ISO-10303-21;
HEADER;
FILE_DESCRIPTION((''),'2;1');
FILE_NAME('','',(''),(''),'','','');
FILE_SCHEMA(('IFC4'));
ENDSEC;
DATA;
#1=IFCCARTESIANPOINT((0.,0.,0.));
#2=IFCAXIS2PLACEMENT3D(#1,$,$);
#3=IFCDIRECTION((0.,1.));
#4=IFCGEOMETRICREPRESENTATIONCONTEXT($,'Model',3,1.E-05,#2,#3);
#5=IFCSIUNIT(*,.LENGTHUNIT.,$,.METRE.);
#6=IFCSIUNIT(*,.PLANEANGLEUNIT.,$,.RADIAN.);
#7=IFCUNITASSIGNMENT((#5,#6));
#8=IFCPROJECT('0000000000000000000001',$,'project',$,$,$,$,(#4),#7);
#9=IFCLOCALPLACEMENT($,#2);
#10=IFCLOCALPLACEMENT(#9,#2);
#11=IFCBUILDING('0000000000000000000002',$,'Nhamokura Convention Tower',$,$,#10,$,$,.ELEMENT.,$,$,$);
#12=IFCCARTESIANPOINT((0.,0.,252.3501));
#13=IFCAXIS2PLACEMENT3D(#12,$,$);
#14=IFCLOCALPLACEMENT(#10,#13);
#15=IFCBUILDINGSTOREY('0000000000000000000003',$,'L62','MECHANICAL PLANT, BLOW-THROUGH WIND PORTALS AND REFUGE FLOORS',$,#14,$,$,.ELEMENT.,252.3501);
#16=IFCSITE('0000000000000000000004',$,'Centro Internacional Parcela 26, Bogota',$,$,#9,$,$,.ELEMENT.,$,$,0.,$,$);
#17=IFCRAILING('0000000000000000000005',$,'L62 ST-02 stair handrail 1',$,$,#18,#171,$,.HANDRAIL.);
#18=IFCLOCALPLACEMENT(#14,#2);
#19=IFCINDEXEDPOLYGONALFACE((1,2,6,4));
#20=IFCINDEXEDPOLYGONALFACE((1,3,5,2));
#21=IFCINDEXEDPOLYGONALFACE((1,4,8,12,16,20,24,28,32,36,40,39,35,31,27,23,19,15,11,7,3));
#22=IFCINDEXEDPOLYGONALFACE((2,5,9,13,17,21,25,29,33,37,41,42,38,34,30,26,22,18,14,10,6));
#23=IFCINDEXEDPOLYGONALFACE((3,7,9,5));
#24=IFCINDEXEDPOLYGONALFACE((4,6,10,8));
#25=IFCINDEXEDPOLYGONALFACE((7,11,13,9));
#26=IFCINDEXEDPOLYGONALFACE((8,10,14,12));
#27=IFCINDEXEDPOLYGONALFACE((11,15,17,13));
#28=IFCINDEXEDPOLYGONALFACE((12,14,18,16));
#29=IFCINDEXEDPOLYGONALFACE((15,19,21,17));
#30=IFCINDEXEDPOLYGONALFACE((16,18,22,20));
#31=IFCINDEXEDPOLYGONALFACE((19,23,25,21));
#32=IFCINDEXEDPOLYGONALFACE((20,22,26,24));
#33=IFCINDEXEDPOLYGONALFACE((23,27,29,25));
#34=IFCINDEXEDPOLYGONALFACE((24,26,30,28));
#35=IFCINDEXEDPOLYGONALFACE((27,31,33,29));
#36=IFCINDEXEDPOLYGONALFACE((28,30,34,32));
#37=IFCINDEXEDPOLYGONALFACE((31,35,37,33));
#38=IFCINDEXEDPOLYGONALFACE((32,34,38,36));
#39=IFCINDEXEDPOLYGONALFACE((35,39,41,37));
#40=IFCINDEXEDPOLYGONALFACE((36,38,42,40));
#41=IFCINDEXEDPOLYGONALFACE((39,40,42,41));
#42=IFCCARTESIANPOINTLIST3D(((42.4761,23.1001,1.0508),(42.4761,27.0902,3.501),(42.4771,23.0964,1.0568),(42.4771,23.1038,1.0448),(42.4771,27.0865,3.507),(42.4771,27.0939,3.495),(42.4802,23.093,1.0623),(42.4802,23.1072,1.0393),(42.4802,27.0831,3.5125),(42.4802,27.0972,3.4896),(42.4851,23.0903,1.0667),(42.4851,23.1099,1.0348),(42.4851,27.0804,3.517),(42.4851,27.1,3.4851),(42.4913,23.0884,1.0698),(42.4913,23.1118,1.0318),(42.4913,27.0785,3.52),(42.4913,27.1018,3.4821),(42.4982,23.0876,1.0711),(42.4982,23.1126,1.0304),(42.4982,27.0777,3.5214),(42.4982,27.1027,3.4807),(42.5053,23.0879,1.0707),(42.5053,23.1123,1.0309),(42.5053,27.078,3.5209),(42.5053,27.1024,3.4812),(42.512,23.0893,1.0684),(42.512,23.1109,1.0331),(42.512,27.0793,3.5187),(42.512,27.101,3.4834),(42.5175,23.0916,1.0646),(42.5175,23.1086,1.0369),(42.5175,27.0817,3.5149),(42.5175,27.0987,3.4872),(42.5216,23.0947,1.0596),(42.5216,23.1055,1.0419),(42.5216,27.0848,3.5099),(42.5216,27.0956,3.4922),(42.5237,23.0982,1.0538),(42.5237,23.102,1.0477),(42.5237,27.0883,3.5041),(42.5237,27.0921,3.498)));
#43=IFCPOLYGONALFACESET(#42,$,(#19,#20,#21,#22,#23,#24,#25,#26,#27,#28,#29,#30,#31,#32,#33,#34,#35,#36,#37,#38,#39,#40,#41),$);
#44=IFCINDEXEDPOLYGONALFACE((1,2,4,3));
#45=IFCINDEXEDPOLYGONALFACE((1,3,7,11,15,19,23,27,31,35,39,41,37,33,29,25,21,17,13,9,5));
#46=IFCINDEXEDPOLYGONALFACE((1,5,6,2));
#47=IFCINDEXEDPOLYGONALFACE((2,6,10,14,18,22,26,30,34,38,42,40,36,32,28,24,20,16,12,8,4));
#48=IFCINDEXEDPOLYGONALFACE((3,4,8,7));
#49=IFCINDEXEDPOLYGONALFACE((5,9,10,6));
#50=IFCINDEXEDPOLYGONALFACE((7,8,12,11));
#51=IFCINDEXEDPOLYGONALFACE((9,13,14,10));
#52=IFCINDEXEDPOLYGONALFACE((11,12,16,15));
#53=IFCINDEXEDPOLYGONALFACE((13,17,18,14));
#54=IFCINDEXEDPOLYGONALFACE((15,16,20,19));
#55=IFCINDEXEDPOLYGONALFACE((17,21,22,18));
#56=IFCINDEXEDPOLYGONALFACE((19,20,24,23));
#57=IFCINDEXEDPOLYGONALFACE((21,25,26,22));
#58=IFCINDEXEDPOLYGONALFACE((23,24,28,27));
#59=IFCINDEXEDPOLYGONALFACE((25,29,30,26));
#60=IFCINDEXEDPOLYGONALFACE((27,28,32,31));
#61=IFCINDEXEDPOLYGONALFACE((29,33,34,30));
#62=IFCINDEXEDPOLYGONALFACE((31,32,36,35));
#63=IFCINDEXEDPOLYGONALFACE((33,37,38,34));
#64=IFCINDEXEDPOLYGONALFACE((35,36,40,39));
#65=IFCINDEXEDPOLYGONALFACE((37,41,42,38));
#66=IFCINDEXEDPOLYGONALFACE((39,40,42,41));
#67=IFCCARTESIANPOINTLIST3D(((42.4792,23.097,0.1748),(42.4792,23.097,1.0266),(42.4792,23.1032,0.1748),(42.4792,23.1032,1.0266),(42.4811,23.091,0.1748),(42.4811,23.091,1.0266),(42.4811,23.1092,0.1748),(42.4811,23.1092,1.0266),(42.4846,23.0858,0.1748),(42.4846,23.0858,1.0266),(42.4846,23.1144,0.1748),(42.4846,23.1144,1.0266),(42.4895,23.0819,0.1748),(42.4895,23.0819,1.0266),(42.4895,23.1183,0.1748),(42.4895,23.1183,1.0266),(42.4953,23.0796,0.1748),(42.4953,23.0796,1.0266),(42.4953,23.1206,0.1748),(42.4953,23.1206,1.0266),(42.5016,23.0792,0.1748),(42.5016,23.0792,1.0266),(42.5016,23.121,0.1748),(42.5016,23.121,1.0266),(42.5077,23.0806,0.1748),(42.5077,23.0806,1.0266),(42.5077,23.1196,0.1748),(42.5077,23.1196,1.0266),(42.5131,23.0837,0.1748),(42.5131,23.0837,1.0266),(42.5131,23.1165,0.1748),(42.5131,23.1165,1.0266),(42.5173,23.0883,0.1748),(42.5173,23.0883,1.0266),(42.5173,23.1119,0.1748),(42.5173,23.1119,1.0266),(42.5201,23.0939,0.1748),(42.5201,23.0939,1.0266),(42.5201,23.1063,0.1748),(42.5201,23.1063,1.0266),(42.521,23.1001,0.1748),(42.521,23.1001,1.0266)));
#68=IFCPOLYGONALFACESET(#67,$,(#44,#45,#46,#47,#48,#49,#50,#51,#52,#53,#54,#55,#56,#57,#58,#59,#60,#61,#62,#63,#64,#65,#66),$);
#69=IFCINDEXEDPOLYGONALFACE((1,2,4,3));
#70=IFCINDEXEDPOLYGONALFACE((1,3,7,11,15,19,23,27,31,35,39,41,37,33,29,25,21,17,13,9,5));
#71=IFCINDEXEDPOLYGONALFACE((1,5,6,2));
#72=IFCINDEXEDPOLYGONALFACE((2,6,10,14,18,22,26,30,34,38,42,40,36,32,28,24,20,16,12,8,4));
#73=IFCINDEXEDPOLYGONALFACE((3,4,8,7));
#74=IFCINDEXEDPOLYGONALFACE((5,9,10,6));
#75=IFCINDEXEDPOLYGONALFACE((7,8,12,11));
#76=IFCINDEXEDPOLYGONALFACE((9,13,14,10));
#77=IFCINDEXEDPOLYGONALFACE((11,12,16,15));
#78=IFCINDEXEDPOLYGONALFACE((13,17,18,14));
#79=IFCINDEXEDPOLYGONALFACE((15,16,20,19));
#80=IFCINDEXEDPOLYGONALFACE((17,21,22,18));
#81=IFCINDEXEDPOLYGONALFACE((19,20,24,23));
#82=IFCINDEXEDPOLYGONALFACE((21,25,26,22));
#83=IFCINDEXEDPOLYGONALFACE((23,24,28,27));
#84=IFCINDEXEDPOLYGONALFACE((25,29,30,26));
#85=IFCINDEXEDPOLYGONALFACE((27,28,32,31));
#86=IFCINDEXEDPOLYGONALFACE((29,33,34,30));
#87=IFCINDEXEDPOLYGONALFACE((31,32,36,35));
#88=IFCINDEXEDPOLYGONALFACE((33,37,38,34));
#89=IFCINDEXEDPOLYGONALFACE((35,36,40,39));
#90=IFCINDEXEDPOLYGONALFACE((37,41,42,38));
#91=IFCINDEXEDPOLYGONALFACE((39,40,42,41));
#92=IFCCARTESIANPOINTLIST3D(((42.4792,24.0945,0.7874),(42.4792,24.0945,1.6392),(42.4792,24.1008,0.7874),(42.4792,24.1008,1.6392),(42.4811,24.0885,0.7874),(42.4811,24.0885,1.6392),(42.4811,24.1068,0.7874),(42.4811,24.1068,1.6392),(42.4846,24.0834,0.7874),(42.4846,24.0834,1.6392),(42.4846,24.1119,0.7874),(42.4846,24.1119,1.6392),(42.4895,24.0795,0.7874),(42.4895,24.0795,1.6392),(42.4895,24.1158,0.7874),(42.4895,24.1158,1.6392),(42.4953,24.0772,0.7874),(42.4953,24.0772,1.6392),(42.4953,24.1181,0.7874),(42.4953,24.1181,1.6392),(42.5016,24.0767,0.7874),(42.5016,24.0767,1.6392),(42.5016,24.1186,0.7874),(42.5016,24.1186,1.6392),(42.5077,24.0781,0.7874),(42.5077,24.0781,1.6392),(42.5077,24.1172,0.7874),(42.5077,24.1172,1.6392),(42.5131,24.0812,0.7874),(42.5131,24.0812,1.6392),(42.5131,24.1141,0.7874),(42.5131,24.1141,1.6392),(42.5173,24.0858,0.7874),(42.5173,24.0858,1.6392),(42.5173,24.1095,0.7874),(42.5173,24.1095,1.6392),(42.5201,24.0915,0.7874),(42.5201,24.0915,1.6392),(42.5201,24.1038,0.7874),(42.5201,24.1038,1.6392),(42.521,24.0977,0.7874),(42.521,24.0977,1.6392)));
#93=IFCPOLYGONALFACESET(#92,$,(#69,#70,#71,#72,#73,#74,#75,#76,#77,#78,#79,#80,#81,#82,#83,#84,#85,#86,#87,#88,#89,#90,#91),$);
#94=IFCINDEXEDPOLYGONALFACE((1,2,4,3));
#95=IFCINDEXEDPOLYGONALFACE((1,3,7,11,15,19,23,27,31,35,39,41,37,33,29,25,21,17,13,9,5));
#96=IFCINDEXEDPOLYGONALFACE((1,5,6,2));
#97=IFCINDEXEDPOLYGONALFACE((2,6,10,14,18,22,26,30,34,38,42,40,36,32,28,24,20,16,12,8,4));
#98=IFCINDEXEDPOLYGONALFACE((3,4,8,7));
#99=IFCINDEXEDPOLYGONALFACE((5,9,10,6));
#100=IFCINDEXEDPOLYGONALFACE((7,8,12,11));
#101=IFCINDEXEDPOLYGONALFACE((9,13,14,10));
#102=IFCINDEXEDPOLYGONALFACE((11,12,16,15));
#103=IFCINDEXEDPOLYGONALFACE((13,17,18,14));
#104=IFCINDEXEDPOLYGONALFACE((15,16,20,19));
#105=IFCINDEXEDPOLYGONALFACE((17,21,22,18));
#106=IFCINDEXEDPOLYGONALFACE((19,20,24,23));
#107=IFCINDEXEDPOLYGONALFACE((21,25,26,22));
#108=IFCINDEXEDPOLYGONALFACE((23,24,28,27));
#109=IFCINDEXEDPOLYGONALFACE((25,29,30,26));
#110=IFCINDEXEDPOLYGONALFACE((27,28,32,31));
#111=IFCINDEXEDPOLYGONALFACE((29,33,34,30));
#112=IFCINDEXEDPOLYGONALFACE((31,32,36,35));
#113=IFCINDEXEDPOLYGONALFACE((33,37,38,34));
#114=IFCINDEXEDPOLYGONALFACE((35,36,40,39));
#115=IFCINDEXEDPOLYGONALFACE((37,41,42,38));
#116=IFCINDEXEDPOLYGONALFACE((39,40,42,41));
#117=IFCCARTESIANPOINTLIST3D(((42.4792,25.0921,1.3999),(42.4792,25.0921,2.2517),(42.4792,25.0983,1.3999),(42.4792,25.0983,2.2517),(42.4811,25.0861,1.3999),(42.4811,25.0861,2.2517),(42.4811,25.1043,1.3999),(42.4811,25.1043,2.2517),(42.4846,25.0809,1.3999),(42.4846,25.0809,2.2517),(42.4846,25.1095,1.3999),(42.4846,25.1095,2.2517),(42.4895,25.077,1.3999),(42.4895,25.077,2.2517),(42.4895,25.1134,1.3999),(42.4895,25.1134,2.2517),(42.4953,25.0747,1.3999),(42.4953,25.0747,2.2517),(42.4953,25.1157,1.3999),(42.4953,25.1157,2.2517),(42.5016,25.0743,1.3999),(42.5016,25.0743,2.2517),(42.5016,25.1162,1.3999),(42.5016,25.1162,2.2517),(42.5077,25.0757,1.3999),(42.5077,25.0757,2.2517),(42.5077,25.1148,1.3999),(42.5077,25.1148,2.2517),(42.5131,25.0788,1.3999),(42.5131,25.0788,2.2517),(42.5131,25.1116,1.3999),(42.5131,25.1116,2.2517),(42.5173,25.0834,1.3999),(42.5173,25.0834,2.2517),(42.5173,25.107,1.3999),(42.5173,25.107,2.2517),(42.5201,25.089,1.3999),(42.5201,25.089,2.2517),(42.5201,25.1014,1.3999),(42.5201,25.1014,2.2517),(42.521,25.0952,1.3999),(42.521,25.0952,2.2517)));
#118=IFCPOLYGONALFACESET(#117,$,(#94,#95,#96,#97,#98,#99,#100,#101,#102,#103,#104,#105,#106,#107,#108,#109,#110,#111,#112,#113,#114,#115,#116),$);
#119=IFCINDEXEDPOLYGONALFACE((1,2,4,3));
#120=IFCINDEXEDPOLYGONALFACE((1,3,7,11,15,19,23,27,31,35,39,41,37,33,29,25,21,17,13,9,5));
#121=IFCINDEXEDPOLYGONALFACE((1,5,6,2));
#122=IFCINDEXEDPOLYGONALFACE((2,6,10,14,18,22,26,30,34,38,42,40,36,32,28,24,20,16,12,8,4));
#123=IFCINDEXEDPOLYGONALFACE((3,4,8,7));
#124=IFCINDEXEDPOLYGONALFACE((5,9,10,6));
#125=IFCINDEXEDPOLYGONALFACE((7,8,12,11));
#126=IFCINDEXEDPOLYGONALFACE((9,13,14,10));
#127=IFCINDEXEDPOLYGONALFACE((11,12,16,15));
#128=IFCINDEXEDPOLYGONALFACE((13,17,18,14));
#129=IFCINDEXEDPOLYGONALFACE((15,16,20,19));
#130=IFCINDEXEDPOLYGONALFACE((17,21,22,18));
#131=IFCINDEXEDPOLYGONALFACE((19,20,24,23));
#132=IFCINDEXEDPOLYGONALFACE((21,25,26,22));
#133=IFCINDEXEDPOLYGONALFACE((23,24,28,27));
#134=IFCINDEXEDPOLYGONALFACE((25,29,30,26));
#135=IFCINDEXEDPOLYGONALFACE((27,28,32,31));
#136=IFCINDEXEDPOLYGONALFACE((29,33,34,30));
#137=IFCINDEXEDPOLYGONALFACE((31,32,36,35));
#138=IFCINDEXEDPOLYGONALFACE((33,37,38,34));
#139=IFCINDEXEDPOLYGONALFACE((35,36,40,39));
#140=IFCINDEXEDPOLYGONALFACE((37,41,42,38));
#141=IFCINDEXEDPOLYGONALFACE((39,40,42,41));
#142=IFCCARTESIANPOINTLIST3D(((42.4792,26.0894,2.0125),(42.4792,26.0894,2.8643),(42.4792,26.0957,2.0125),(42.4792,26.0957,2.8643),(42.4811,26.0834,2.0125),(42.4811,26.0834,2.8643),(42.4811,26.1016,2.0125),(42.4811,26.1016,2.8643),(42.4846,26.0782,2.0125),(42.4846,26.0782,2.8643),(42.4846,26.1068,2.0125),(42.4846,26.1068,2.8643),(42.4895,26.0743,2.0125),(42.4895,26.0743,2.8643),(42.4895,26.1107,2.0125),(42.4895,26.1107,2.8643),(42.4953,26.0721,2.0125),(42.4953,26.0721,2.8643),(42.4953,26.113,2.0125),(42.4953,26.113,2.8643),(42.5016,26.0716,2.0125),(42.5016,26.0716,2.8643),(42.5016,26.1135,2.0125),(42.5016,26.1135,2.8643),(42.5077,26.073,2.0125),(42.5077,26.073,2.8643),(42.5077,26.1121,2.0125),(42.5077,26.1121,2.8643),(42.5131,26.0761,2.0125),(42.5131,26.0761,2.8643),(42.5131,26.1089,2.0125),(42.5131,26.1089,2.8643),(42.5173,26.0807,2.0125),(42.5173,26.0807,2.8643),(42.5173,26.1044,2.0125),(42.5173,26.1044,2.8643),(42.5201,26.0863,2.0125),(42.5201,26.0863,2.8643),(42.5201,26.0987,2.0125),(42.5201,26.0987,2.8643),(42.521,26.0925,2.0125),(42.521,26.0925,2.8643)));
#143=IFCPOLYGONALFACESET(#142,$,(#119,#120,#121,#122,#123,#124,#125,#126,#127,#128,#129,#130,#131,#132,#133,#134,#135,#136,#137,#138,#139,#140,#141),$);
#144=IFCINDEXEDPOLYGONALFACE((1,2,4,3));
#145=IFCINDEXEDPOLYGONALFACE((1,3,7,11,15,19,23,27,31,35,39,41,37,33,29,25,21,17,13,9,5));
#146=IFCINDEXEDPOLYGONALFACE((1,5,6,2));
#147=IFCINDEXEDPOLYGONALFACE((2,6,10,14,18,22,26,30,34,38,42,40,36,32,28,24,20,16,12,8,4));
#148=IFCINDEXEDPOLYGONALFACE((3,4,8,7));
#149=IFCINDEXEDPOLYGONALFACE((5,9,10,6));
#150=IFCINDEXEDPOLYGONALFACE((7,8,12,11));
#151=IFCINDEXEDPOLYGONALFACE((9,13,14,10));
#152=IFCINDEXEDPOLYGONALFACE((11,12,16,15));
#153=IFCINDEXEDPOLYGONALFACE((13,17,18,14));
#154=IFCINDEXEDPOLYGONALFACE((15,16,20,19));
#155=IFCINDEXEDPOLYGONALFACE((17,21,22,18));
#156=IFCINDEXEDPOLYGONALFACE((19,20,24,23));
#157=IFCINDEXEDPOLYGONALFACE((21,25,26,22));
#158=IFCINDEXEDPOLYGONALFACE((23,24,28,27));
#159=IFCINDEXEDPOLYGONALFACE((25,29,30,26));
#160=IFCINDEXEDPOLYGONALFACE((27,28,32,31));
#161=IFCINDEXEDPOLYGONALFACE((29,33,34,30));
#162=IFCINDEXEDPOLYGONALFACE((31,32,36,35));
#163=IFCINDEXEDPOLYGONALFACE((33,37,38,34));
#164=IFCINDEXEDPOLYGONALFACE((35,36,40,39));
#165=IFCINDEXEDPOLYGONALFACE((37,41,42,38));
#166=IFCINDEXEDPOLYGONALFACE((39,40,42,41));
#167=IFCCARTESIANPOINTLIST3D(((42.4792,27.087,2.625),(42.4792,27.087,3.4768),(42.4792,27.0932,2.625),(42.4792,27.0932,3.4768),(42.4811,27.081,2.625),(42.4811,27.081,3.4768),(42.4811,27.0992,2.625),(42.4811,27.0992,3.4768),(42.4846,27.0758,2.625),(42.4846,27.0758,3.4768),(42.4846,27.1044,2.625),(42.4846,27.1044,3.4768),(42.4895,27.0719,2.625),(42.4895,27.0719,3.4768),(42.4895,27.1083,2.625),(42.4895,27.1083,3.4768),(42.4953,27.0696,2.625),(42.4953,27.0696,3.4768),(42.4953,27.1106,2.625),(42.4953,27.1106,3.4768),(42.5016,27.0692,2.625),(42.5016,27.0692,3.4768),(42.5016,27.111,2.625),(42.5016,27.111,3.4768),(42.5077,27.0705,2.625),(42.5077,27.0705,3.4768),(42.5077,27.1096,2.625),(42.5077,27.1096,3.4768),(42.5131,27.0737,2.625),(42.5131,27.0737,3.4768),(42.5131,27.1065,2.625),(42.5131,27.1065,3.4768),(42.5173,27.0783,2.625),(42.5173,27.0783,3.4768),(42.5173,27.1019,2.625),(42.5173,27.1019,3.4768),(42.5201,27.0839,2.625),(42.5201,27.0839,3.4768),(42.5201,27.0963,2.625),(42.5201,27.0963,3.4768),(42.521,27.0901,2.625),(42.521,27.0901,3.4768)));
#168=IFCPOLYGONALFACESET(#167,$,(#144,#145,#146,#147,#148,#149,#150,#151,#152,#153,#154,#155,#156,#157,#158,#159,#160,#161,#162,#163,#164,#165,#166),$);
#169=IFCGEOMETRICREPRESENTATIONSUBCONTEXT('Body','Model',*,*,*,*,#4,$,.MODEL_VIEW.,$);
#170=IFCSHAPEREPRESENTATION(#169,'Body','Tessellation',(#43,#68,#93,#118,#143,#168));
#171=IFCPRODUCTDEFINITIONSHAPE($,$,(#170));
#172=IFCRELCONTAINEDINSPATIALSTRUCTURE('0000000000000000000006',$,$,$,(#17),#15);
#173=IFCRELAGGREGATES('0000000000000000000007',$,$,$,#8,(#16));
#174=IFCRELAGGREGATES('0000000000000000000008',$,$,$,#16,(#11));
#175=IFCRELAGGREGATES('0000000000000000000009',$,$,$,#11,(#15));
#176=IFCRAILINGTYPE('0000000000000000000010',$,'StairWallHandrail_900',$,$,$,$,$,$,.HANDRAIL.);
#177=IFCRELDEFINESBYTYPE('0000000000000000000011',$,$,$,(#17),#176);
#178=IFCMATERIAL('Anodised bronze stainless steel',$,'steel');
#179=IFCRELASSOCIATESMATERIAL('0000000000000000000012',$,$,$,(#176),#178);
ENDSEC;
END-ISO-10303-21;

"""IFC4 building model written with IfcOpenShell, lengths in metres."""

from ifc_helpers import new_model, si_unit, direction, frame, origin, origin_2d, place, context, subcontext, project, spatial, circle, extrude, material, type_object, element, save


model = new_model("IFC4")

# Units and contexts
model_context = context("Model", 3, precision=1e-05, world=origin(), true_north=direction((0.0, 1.0)))
body_context = subcontext(model_context, "Body", "Model", "MODEL_VIEW")
ifc_project = project(units=[si_unit("LENGTHUNIT", "METRE"), si_unit("PLANEANGLEUNIT", "RADIAN")], contexts=[model_context])

# Site, building, storey
site_placement = place(None, origin())
site = spatial("IfcSite", under=ifc_project, at=site_placement, Name="Centro Internacional Parcela 26, Bogota", CompositionType="ELEMENT", RefElevation=0.0)
building_placement = place(site_placement, origin())
building = spatial("IfcBuilding", under=site, at=building_placement, Name="Nhamokura Convention Tower", CompositionType="ELEMENT")
storey_placement = place(building_placement, frame((0.0, 0.0, 252.3501)))
storey = spatial("IfcBuildingStorey", under=building, at=storey_placement, Name="L62", Description="MECHANICAL PLANT, BLOW-THROUGH WIND PORTALS AND REFUGE FLOORS", CompositionType="ELEMENT", Elevation=252.3501)

# Railing
ifc_material_1 = material(Name="Anodised bronze stainless steel", Category="steel")
railing_type_1 = type_object("IfcRailingType", Name="StairWallHandrail_900", PredefinedType="HANDRAIL", material=ifc_material_1)
railing_1_placement = place(storey_placement, frame((42.5, 23.1001, 0.1748)))
element("IfcRailing", 1, at=railing_1_placement, inside=storey, type_object=railing_type_1, Name="L62 ST-02 stair handrail 1", PredefinedType="HANDRAIL", context=body_context, shape_type="SweptSolid", body=[
    extrude(circle(Radius=0.0239, at=origin_2d()), frame((0.0, 0.0, 0.876), z_axis=(0.0, 0.852152, 0.523294), x_axis=(-1.0, 0.0, 0.0)), (0.0, 0.0, 1.0), 4.6824),
    extrude(circle(Radius=0.021, at=origin_2d()), origin(), (0.0, 0.0, 1.0), 0.8518),
    extrude(circle(Radius=0.021, at=origin_2d()), frame((0.0, 0.9976, 0.6125)), (0.0, 0.0, 1.0), 0.8518),
    extrude(circle(Radius=0.021, at=origin_2d()), frame((0.0, 1.9951, 1.2251)), (0.0, 0.0, 1.0), 0.8518),
    extrude(circle(Radius=0.021, at=origin_2d()), frame((0.0, 2.9924, 1.8376)), (0.0, 0.0, 1.0), 0.8518),
    extrude(circle(Radius=0.021, at=origin_2d()), frame((0.0, 3.99, 2.4502)), (0.0, 0.0, 1.0), 0.8518),
])

save(model, "model.ifc")
